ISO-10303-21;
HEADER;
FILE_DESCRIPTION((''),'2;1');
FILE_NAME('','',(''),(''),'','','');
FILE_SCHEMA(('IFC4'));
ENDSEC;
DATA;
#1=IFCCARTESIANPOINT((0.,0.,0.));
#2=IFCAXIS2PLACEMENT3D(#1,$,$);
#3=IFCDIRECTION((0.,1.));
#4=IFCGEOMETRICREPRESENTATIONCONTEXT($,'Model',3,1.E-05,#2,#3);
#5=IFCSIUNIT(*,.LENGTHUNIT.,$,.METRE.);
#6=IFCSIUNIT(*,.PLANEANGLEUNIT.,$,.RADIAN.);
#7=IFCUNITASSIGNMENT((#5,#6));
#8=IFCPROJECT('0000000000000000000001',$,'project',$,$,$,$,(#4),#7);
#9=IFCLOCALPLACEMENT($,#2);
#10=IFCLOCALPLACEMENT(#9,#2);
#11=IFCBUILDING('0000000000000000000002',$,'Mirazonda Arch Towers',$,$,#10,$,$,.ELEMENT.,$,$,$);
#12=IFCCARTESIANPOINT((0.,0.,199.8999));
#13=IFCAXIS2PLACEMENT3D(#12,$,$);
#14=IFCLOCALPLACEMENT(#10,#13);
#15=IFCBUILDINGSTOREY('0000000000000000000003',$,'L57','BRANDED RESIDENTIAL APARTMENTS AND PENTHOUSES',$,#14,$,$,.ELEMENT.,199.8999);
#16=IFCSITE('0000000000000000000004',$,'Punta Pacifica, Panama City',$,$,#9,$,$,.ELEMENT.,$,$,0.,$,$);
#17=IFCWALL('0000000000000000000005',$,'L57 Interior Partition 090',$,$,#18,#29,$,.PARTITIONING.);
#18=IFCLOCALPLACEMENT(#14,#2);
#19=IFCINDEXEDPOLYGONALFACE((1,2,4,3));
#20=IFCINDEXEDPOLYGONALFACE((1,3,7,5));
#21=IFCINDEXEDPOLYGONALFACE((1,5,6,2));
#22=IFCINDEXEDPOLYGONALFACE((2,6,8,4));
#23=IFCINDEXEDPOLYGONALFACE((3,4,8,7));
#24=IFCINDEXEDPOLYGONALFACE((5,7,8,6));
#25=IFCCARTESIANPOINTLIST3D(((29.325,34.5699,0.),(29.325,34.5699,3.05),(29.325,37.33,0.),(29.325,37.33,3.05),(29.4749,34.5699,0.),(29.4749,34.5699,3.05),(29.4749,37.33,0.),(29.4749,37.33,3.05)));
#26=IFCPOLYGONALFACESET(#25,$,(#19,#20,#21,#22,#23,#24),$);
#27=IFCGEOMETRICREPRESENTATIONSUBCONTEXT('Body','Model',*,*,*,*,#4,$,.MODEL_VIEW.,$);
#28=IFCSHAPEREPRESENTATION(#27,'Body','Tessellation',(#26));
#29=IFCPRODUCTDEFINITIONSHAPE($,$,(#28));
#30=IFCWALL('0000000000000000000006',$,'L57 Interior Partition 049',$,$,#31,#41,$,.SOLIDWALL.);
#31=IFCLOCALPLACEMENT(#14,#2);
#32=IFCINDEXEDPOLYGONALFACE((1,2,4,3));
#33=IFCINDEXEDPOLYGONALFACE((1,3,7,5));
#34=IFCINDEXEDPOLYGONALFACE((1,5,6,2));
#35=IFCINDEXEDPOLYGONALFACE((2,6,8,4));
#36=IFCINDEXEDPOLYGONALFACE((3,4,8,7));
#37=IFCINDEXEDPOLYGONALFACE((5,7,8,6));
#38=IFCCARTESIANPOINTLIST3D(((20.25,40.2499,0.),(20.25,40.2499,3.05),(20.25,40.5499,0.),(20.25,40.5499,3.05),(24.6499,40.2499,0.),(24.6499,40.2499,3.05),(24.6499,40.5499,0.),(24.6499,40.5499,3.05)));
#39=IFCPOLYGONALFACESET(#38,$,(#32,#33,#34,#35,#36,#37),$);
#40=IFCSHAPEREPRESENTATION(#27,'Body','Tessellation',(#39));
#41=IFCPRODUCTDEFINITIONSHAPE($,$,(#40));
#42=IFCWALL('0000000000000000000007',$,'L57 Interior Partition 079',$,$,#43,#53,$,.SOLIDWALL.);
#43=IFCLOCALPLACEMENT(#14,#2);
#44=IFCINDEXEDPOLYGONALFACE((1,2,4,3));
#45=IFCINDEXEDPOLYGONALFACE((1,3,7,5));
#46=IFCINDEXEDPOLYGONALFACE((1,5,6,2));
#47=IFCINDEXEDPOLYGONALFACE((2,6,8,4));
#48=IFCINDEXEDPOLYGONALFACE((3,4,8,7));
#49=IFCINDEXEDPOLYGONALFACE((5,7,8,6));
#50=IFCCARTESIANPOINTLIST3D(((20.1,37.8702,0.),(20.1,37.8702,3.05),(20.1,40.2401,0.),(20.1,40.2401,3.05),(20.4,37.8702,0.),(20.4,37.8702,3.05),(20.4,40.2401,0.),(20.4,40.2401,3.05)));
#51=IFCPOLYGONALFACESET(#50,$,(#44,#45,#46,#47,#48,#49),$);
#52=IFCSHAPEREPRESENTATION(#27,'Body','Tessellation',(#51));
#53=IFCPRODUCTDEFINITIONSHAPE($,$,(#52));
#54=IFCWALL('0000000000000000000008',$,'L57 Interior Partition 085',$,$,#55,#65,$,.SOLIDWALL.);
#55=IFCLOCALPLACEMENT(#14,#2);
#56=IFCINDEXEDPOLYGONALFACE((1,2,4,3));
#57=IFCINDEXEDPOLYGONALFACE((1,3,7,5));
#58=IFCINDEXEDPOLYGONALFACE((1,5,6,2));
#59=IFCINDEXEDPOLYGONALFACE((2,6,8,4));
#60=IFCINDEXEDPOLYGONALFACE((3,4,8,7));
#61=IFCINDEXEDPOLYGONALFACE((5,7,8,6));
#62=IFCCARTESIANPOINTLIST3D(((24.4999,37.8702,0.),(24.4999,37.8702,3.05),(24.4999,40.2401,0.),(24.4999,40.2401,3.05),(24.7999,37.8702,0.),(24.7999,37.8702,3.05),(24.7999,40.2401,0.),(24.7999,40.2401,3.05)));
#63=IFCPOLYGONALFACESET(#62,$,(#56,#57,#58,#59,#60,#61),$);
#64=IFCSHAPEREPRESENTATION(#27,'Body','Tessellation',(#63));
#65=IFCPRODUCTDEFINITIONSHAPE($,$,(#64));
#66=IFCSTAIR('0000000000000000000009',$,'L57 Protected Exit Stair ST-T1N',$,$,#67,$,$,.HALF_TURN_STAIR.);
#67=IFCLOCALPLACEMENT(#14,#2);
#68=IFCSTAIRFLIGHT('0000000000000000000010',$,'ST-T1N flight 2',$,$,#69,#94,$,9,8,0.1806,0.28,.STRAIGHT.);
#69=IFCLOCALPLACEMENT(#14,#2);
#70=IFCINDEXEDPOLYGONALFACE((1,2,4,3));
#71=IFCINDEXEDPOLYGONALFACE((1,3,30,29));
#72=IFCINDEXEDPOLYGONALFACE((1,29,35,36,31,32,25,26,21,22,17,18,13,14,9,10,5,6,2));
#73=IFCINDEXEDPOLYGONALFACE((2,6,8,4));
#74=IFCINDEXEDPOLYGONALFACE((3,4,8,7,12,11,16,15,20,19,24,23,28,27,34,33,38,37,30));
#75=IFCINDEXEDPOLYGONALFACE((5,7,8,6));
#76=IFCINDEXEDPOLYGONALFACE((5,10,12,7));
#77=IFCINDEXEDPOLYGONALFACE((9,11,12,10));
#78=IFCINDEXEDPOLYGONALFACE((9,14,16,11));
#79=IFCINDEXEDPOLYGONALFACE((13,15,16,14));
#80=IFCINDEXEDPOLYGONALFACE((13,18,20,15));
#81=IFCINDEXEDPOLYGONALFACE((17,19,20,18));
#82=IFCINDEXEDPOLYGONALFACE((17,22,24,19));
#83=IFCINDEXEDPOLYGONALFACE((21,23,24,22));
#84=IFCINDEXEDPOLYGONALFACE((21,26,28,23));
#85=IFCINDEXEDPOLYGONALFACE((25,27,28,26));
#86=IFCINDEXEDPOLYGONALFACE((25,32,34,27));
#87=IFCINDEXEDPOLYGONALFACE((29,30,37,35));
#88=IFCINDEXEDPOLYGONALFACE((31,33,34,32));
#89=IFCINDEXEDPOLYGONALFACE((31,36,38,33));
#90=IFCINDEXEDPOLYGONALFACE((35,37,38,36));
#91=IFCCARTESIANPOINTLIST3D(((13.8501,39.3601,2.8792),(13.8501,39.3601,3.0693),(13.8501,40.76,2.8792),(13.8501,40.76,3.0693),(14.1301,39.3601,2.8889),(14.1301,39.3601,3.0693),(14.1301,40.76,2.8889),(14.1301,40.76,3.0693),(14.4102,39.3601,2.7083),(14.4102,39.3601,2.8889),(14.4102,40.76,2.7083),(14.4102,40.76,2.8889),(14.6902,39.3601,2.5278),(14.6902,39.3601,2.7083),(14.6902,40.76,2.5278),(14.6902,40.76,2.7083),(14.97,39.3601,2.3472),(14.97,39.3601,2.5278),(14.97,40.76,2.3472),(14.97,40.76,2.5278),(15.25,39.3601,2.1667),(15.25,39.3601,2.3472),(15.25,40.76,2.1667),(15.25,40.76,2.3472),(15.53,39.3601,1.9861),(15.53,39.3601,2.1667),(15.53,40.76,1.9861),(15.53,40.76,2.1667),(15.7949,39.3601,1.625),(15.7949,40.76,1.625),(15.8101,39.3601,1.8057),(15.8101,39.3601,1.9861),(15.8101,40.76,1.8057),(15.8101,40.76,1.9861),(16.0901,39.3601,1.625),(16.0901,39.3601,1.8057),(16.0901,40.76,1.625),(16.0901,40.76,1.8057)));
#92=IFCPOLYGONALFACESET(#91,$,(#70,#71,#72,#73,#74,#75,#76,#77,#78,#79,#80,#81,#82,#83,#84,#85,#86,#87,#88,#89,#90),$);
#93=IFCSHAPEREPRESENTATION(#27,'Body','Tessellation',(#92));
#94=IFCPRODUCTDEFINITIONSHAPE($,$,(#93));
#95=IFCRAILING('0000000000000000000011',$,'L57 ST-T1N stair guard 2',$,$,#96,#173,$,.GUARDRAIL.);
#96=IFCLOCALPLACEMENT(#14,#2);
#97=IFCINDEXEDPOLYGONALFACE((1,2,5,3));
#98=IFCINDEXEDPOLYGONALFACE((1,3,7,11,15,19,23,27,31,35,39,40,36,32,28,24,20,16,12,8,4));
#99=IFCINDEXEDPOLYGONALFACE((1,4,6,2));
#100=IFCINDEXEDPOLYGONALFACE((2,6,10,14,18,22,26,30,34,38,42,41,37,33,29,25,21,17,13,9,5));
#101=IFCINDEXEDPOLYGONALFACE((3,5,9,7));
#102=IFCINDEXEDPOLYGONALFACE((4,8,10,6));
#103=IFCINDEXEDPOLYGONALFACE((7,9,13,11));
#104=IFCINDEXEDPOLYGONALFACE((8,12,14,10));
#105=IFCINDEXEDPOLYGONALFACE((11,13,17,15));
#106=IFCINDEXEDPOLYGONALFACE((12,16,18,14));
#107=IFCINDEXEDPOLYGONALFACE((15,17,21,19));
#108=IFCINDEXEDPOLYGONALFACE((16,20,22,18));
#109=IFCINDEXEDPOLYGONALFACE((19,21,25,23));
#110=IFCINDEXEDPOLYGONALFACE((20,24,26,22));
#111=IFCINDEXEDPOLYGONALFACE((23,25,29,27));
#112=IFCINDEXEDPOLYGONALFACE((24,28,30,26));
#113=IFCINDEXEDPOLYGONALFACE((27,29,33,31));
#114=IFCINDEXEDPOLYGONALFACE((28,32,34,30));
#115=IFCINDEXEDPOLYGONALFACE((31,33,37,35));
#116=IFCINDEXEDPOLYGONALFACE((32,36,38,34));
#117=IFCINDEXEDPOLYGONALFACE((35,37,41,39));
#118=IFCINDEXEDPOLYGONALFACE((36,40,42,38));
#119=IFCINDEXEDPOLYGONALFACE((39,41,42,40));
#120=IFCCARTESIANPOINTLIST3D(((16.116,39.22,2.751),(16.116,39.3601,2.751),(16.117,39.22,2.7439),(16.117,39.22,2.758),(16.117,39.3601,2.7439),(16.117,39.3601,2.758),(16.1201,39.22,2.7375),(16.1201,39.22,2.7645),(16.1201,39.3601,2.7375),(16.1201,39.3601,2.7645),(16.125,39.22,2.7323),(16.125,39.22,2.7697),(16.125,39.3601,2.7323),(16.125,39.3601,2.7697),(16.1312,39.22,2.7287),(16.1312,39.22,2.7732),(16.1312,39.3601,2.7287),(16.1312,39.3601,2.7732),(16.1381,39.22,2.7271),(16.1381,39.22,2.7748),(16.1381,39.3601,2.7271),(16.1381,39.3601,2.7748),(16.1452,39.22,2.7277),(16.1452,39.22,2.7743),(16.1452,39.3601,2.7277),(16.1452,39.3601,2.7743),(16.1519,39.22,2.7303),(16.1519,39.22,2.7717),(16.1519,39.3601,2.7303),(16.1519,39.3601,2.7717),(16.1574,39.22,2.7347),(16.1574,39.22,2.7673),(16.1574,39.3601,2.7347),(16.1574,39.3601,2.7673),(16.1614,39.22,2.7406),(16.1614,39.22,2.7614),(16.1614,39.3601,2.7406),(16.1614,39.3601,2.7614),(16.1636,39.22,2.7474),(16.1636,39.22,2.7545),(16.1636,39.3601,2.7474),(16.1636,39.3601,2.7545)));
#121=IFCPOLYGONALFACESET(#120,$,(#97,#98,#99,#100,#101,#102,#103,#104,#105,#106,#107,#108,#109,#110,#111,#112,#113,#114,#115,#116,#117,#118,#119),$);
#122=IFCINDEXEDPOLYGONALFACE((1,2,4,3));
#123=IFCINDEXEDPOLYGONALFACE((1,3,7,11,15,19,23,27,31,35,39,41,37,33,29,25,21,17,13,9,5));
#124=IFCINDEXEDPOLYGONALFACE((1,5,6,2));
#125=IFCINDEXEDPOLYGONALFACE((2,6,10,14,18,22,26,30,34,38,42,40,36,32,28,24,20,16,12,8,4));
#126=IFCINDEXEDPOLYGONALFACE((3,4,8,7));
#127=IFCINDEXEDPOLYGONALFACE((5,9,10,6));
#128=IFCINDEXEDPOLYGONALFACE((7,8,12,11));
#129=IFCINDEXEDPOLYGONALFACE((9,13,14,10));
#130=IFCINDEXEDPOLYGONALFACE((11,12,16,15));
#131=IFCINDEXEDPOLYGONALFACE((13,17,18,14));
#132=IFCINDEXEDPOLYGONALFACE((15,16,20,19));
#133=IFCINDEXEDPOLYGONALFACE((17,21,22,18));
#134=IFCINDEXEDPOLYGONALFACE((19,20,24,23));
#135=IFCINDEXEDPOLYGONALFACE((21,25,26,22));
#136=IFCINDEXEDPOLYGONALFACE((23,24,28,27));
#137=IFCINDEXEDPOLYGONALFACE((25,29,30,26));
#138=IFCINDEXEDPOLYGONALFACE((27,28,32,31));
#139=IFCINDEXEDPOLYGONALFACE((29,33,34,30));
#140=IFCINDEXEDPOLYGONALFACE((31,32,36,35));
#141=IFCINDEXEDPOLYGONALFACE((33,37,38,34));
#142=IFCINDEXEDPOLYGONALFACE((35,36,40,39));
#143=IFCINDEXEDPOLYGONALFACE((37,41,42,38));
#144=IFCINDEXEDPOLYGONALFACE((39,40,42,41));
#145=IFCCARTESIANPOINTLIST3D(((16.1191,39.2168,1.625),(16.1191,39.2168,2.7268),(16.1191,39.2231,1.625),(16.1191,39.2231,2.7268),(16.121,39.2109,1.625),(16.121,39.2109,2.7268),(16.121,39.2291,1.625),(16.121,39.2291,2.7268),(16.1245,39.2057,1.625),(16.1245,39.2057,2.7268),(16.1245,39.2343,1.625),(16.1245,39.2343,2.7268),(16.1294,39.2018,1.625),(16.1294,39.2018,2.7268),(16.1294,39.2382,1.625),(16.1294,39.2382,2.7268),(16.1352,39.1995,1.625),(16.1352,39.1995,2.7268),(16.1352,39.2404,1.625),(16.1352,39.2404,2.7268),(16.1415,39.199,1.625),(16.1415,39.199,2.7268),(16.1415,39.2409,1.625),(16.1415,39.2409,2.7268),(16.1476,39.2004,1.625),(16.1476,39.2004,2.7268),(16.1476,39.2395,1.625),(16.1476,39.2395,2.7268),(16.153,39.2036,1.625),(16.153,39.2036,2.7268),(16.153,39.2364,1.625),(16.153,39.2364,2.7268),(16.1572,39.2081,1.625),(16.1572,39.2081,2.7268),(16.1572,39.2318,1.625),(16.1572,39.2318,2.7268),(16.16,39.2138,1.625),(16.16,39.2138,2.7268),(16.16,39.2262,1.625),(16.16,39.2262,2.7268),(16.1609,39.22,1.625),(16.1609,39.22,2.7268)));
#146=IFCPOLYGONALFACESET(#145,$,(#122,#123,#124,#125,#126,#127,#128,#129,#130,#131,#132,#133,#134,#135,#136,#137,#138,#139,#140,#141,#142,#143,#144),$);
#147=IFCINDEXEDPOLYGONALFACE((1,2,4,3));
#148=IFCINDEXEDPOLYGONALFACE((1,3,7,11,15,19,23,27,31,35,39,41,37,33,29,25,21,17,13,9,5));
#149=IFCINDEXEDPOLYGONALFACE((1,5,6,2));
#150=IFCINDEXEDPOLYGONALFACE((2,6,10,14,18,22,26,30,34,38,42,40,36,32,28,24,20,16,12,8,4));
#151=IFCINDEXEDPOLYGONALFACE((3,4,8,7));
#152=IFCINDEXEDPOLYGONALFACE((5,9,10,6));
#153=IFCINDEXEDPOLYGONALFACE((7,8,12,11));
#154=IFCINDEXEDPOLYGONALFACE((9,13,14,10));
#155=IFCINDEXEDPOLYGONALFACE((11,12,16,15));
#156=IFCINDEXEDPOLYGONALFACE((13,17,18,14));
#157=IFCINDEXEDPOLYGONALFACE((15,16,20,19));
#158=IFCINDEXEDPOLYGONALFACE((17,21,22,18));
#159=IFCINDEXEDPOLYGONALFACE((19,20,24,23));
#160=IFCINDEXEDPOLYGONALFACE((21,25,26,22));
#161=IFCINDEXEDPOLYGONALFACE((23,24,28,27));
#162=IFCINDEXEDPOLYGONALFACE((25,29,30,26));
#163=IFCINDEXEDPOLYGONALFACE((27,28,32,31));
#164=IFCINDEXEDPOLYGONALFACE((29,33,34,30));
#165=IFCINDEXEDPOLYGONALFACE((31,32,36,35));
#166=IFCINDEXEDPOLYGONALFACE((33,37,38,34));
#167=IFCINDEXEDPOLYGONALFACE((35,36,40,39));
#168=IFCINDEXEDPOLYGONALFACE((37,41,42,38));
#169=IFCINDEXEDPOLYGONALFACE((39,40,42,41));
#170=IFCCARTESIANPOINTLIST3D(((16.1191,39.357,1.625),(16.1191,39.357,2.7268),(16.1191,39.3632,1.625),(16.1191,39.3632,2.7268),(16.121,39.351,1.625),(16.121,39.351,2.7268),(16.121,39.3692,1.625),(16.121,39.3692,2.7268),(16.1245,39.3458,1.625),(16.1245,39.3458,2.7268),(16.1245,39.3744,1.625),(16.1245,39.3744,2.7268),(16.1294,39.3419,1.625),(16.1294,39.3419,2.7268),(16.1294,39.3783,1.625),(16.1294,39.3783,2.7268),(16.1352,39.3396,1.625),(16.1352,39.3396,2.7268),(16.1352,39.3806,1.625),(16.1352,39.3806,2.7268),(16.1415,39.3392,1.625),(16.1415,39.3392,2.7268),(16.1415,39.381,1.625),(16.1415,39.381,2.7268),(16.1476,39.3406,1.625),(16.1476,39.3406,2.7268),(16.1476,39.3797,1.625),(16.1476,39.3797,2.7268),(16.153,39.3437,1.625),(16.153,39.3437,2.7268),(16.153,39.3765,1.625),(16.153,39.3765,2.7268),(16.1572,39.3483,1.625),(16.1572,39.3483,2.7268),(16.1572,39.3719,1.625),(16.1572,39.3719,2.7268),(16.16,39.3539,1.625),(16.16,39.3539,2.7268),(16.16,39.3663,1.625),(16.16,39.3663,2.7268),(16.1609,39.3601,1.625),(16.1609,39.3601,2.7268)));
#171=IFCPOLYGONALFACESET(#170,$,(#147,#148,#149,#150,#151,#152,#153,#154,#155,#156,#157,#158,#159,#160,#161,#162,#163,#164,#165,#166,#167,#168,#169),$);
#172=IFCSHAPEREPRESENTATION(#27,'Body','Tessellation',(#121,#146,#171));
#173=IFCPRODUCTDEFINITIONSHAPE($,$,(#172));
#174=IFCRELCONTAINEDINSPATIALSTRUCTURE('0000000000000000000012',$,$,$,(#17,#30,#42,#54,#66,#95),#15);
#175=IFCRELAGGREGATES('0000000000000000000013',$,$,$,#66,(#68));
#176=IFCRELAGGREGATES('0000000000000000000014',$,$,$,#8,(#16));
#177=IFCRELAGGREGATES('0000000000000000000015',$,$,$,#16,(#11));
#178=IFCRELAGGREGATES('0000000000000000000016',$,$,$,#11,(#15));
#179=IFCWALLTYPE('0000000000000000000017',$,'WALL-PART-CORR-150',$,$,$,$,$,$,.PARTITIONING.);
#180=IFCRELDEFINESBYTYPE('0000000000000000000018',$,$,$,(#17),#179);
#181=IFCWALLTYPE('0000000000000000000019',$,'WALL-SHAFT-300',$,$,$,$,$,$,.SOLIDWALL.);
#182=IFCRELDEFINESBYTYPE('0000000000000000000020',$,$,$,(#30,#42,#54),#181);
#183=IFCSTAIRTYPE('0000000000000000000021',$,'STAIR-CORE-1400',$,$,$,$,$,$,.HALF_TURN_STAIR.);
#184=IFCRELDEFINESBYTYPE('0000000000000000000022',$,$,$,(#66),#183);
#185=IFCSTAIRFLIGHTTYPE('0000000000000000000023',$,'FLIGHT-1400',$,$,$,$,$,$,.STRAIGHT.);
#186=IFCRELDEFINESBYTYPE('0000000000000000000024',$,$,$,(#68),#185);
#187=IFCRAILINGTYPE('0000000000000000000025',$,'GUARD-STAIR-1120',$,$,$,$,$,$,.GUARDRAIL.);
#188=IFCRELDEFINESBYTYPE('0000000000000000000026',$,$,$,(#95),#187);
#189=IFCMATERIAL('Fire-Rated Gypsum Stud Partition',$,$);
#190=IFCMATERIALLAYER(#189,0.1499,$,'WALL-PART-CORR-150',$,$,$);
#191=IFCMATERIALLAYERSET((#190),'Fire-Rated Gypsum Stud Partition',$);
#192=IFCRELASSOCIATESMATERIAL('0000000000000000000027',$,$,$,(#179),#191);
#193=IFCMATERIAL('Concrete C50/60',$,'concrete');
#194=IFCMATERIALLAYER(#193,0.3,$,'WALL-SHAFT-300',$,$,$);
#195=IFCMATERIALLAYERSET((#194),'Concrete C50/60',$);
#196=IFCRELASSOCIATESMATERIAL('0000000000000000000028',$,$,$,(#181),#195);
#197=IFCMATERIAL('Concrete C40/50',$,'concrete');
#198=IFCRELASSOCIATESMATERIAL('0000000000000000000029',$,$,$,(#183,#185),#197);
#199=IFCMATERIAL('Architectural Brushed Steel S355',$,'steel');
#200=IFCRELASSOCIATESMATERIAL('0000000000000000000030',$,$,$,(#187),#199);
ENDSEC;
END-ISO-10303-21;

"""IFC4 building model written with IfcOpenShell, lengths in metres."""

from ifc_helpers import new_model, si_unit, direction, frame, frame_2d, origin, origin_2d, place, context, subcontext, project, spatial, polyline, rectangle, circle, outline, extrude, material, layer, layer_set, type_object, element, aggregate, save


model = new_model("IFC4")

# Units and contexts
model_context = context("Model", 3, precision=1e-05, world=origin(), true_north=direction((0.0, 1.0)))
body_context = subcontext(model_context, "Body", "Model", "MODEL_VIEW")
ifc_project = project(units=[si_unit("LENGTHUNIT", "METRE"), si_unit("PLANEANGLEUNIT", "RADIAN")], contexts=[model_context])

# Site, building, storey
site_placement = place(None, origin())
site = spatial("IfcSite", under=ifc_project, at=site_placement, Name="Punta Pacifica, Panama City", CompositionType="ELEMENT", RefElevation=0.0)
building_placement = place(site_placement, origin())
building = spatial("IfcBuilding", under=site, at=building_placement, Name="Mirazonda Arch Towers", CompositionType="ELEMENT")
storey_placement = place(building_placement, frame((0.0, 0.0, 199.8999)))
storey = spatial("IfcBuildingStorey", under=building, at=storey_placement, Name="L57", Description="BRANDED RESIDENTIAL APARTMENTS AND PENTHOUSES", CompositionType="ELEMENT", Elevation=199.8999)

# Shared definitions
ifc_material_1 = material(Name="Concrete C50/60", Category="concrete")

# Shared definitions
ifc_material_2 = material(Name="Concrete C40/50", Category="concrete")
ifc_material_3 = material(Name="Architectural Brushed Steel S355", Category="steel")

# Walls
ifc_material_4 = material(Name="Fire-Rated Gypsum Stud Partition")
ifc_layer_1 = layer(ifc_material_4, 0.1499, Name="WALL-PART-CORR-150")
ifc_layer_set_1 = layer_set([ifc_layer_1], Name="Fire-Rated Gypsum Stud Partition")
wall_type_1 = type_object("IfcWallType", Name="WALL-PART-CORR-150", PredefinedType="PARTITIONING", material=ifc_layer_set_1)
wall_1_placement = place(storey_placement, frame((29.3999, 34.5701, 0.0), z_axis=(0.0, 0.0, 1.0), x_axis=(0.0, 1.0, 0.0)))
element("IfcWall", 1, at=wall_1_placement, inside=storey, type_object=wall_type_1, Name="L57 Interior Partition 090", PredefinedType="PARTITIONING", context=body_context, shape_type="SweptSolid", body=[
    extrude(rectangle(XDim=2.76, YDim=0.1499, at=frame_2d((1.3799, 0.0))), origin(), (0.0, 0.0, 1.0), 3.05),
])
ifc_layer_2 = layer(ifc_material_1, 0.3, Name="WALL-SHAFT-300")
ifc_layer_set_2 = layer_set([ifc_layer_2], Name="Concrete C50/60")
wall_type_2 = type_object("IfcWallType", Name="WALL-SHAFT-300", PredefinedType="SOLIDWALL", material=ifc_layer_set_2)
wall_2_placement = place(storey_placement, frame((20.25, 40.3999, 0.0), z_axis=(0.0, 0.0, 1.0), x_axis=(1.0, 0.0, 0.0)))
element("IfcWall", 2, at=wall_2_placement, inside=storey, type_object=wall_type_2, Name="L57 Interior Partition 049", PredefinedType="SOLIDWALL", context=body_context, shape_type="SweptSolid", body=[
    extrude(rectangle(XDim=4.3999, YDim=0.3, at=frame_2d((2.2, 0.0))), origin(), (0.0, 0.0, 1.0), 3.05),
])
for number, where, z_axis, x_axis, name in (
    (3, (20.25, 37.8701, 0.0), (0.0, 0.0, 1.0), (0.0, 1.0, 0.0), "L57 Interior Partition 079"),
    (4, (24.6499, 37.8701, 0.0), (0.0, 0.0, 1.0), (0.0, 1.0, 0.0), "L57 Interior Partition 085"),
):
    element("IfcWall", number, at=place(storey_placement, frame(where, z_axis=z_axis, x_axis=x_axis)), inside=storey, type_object=wall_type_2, Name=name, PredefinedType="SOLIDWALL", context=body_context, shape_type="SweptSolid", body=[
        extrude(rectangle(XDim=2.3699, YDim=0.3, at=frame_2d((1.1851, 0.0))), origin(), (0.0, 0.0, 1.0), 3.05),
    ])

# Stair, stair flight
stair_type = type_object("IfcStairType", Name="STAIR-CORE-1400", PredefinedType="HALF_TURN_STAIR", material=ifc_material_2)
stair_placement = place(storey_placement, origin())
stair = element("IfcStair", 5, at=stair_placement, inside=storey, type_object=stair_type, Name="L57 Protected Exit Stair ST-T1N", PredefinedType="HALF_TURN_STAIR")
stair_flight_type = type_object("IfcStairFlightType", Name="FLIGHT-1400", PredefinedType="STRAIGHT", material=ifc_material_2)
stair_flight_placement = place(storey_placement, frame((16.0901, 40.0601, 1.625), z_axis=(0.0, 0.0, 1.0), x_axis=(-1.0, 0.0, 0.0)))
stair_flight = element("IfcStairFlight", 6, at=stair_flight_placement, type_object=stair_flight_type, Name="ST-T1N flight 2", NumberOfRisers=9, NumberOfTreads=8, PredefinedType="STRAIGHT", RiserHeight=0.1806, TreadLength=0.28, context=body_context, shape_type="SweptSolid", body=[
    extrude(outline(polyline([(0.0, 0.0), (0.0, 0.1807), (0.28, 0.1807), (0.28, 0.3611), (0.5601, 0.3611), (0.5601, 0.5417), (0.8401, 0.5417), (0.8401, 0.7222), (1.1201, 0.7222), (1.1201, 0.9028), (1.3999, 0.9028), (1.3999, 1.0833), (1.6799, 1.0833), (1.6799, 1.2639), (1.96, 1.2639), (1.96, 1.4443), (2.24, 1.4443), (2.24, 1.625), (2.24, 1.2542), (0.2952, 0.0), (0.0, 0.0)])), frame((0.0, 0.7, 0.0), z_axis=(0.0, -1.0, 0.0), x_axis=(1.0, 0.0, 0.0)), (0.0, 0.0, 1.0), 1.3999),
])
aggregate(stair, [stair_flight])

# Railing
railing_type_1 = type_object("IfcRailingType", Name="GUARD-STAIR-1120", PredefinedType="GUARDRAIL", material=ifc_material_3)
railing_1_placement = place(storey_placement, frame((16.1399, 39.22, 1.625)))
element("IfcRailing", 7, at=railing_1_placement, inside=storey, type_object=railing_type_1, Name="L57 ST-T1N stair guard 2", PredefinedType="GUARDRAIL", context=body_context, shape_type="SweptSolid", body=[
    extrude(circle(Radius=0.0239, at=origin_2d()), frame((0.0, 0.0, 1.126), z_axis=(0.0, 1.0, 0.0), x_axis=(-1.0, 0.0, 0.0)), (0.0, 0.0, 1.0), 0.1401),
    extrude(circle(Radius=0.021, at=origin_2d()), origin(), (0.0, 0.0, 1.0), 1.1018),
    extrude(circle(Radius=0.021, at=origin_2d()), frame((0.0, 0.1401, 0.0)), (0.0, 0.0, 1.0), 1.1018),
])

save(model, "model.ifc")
